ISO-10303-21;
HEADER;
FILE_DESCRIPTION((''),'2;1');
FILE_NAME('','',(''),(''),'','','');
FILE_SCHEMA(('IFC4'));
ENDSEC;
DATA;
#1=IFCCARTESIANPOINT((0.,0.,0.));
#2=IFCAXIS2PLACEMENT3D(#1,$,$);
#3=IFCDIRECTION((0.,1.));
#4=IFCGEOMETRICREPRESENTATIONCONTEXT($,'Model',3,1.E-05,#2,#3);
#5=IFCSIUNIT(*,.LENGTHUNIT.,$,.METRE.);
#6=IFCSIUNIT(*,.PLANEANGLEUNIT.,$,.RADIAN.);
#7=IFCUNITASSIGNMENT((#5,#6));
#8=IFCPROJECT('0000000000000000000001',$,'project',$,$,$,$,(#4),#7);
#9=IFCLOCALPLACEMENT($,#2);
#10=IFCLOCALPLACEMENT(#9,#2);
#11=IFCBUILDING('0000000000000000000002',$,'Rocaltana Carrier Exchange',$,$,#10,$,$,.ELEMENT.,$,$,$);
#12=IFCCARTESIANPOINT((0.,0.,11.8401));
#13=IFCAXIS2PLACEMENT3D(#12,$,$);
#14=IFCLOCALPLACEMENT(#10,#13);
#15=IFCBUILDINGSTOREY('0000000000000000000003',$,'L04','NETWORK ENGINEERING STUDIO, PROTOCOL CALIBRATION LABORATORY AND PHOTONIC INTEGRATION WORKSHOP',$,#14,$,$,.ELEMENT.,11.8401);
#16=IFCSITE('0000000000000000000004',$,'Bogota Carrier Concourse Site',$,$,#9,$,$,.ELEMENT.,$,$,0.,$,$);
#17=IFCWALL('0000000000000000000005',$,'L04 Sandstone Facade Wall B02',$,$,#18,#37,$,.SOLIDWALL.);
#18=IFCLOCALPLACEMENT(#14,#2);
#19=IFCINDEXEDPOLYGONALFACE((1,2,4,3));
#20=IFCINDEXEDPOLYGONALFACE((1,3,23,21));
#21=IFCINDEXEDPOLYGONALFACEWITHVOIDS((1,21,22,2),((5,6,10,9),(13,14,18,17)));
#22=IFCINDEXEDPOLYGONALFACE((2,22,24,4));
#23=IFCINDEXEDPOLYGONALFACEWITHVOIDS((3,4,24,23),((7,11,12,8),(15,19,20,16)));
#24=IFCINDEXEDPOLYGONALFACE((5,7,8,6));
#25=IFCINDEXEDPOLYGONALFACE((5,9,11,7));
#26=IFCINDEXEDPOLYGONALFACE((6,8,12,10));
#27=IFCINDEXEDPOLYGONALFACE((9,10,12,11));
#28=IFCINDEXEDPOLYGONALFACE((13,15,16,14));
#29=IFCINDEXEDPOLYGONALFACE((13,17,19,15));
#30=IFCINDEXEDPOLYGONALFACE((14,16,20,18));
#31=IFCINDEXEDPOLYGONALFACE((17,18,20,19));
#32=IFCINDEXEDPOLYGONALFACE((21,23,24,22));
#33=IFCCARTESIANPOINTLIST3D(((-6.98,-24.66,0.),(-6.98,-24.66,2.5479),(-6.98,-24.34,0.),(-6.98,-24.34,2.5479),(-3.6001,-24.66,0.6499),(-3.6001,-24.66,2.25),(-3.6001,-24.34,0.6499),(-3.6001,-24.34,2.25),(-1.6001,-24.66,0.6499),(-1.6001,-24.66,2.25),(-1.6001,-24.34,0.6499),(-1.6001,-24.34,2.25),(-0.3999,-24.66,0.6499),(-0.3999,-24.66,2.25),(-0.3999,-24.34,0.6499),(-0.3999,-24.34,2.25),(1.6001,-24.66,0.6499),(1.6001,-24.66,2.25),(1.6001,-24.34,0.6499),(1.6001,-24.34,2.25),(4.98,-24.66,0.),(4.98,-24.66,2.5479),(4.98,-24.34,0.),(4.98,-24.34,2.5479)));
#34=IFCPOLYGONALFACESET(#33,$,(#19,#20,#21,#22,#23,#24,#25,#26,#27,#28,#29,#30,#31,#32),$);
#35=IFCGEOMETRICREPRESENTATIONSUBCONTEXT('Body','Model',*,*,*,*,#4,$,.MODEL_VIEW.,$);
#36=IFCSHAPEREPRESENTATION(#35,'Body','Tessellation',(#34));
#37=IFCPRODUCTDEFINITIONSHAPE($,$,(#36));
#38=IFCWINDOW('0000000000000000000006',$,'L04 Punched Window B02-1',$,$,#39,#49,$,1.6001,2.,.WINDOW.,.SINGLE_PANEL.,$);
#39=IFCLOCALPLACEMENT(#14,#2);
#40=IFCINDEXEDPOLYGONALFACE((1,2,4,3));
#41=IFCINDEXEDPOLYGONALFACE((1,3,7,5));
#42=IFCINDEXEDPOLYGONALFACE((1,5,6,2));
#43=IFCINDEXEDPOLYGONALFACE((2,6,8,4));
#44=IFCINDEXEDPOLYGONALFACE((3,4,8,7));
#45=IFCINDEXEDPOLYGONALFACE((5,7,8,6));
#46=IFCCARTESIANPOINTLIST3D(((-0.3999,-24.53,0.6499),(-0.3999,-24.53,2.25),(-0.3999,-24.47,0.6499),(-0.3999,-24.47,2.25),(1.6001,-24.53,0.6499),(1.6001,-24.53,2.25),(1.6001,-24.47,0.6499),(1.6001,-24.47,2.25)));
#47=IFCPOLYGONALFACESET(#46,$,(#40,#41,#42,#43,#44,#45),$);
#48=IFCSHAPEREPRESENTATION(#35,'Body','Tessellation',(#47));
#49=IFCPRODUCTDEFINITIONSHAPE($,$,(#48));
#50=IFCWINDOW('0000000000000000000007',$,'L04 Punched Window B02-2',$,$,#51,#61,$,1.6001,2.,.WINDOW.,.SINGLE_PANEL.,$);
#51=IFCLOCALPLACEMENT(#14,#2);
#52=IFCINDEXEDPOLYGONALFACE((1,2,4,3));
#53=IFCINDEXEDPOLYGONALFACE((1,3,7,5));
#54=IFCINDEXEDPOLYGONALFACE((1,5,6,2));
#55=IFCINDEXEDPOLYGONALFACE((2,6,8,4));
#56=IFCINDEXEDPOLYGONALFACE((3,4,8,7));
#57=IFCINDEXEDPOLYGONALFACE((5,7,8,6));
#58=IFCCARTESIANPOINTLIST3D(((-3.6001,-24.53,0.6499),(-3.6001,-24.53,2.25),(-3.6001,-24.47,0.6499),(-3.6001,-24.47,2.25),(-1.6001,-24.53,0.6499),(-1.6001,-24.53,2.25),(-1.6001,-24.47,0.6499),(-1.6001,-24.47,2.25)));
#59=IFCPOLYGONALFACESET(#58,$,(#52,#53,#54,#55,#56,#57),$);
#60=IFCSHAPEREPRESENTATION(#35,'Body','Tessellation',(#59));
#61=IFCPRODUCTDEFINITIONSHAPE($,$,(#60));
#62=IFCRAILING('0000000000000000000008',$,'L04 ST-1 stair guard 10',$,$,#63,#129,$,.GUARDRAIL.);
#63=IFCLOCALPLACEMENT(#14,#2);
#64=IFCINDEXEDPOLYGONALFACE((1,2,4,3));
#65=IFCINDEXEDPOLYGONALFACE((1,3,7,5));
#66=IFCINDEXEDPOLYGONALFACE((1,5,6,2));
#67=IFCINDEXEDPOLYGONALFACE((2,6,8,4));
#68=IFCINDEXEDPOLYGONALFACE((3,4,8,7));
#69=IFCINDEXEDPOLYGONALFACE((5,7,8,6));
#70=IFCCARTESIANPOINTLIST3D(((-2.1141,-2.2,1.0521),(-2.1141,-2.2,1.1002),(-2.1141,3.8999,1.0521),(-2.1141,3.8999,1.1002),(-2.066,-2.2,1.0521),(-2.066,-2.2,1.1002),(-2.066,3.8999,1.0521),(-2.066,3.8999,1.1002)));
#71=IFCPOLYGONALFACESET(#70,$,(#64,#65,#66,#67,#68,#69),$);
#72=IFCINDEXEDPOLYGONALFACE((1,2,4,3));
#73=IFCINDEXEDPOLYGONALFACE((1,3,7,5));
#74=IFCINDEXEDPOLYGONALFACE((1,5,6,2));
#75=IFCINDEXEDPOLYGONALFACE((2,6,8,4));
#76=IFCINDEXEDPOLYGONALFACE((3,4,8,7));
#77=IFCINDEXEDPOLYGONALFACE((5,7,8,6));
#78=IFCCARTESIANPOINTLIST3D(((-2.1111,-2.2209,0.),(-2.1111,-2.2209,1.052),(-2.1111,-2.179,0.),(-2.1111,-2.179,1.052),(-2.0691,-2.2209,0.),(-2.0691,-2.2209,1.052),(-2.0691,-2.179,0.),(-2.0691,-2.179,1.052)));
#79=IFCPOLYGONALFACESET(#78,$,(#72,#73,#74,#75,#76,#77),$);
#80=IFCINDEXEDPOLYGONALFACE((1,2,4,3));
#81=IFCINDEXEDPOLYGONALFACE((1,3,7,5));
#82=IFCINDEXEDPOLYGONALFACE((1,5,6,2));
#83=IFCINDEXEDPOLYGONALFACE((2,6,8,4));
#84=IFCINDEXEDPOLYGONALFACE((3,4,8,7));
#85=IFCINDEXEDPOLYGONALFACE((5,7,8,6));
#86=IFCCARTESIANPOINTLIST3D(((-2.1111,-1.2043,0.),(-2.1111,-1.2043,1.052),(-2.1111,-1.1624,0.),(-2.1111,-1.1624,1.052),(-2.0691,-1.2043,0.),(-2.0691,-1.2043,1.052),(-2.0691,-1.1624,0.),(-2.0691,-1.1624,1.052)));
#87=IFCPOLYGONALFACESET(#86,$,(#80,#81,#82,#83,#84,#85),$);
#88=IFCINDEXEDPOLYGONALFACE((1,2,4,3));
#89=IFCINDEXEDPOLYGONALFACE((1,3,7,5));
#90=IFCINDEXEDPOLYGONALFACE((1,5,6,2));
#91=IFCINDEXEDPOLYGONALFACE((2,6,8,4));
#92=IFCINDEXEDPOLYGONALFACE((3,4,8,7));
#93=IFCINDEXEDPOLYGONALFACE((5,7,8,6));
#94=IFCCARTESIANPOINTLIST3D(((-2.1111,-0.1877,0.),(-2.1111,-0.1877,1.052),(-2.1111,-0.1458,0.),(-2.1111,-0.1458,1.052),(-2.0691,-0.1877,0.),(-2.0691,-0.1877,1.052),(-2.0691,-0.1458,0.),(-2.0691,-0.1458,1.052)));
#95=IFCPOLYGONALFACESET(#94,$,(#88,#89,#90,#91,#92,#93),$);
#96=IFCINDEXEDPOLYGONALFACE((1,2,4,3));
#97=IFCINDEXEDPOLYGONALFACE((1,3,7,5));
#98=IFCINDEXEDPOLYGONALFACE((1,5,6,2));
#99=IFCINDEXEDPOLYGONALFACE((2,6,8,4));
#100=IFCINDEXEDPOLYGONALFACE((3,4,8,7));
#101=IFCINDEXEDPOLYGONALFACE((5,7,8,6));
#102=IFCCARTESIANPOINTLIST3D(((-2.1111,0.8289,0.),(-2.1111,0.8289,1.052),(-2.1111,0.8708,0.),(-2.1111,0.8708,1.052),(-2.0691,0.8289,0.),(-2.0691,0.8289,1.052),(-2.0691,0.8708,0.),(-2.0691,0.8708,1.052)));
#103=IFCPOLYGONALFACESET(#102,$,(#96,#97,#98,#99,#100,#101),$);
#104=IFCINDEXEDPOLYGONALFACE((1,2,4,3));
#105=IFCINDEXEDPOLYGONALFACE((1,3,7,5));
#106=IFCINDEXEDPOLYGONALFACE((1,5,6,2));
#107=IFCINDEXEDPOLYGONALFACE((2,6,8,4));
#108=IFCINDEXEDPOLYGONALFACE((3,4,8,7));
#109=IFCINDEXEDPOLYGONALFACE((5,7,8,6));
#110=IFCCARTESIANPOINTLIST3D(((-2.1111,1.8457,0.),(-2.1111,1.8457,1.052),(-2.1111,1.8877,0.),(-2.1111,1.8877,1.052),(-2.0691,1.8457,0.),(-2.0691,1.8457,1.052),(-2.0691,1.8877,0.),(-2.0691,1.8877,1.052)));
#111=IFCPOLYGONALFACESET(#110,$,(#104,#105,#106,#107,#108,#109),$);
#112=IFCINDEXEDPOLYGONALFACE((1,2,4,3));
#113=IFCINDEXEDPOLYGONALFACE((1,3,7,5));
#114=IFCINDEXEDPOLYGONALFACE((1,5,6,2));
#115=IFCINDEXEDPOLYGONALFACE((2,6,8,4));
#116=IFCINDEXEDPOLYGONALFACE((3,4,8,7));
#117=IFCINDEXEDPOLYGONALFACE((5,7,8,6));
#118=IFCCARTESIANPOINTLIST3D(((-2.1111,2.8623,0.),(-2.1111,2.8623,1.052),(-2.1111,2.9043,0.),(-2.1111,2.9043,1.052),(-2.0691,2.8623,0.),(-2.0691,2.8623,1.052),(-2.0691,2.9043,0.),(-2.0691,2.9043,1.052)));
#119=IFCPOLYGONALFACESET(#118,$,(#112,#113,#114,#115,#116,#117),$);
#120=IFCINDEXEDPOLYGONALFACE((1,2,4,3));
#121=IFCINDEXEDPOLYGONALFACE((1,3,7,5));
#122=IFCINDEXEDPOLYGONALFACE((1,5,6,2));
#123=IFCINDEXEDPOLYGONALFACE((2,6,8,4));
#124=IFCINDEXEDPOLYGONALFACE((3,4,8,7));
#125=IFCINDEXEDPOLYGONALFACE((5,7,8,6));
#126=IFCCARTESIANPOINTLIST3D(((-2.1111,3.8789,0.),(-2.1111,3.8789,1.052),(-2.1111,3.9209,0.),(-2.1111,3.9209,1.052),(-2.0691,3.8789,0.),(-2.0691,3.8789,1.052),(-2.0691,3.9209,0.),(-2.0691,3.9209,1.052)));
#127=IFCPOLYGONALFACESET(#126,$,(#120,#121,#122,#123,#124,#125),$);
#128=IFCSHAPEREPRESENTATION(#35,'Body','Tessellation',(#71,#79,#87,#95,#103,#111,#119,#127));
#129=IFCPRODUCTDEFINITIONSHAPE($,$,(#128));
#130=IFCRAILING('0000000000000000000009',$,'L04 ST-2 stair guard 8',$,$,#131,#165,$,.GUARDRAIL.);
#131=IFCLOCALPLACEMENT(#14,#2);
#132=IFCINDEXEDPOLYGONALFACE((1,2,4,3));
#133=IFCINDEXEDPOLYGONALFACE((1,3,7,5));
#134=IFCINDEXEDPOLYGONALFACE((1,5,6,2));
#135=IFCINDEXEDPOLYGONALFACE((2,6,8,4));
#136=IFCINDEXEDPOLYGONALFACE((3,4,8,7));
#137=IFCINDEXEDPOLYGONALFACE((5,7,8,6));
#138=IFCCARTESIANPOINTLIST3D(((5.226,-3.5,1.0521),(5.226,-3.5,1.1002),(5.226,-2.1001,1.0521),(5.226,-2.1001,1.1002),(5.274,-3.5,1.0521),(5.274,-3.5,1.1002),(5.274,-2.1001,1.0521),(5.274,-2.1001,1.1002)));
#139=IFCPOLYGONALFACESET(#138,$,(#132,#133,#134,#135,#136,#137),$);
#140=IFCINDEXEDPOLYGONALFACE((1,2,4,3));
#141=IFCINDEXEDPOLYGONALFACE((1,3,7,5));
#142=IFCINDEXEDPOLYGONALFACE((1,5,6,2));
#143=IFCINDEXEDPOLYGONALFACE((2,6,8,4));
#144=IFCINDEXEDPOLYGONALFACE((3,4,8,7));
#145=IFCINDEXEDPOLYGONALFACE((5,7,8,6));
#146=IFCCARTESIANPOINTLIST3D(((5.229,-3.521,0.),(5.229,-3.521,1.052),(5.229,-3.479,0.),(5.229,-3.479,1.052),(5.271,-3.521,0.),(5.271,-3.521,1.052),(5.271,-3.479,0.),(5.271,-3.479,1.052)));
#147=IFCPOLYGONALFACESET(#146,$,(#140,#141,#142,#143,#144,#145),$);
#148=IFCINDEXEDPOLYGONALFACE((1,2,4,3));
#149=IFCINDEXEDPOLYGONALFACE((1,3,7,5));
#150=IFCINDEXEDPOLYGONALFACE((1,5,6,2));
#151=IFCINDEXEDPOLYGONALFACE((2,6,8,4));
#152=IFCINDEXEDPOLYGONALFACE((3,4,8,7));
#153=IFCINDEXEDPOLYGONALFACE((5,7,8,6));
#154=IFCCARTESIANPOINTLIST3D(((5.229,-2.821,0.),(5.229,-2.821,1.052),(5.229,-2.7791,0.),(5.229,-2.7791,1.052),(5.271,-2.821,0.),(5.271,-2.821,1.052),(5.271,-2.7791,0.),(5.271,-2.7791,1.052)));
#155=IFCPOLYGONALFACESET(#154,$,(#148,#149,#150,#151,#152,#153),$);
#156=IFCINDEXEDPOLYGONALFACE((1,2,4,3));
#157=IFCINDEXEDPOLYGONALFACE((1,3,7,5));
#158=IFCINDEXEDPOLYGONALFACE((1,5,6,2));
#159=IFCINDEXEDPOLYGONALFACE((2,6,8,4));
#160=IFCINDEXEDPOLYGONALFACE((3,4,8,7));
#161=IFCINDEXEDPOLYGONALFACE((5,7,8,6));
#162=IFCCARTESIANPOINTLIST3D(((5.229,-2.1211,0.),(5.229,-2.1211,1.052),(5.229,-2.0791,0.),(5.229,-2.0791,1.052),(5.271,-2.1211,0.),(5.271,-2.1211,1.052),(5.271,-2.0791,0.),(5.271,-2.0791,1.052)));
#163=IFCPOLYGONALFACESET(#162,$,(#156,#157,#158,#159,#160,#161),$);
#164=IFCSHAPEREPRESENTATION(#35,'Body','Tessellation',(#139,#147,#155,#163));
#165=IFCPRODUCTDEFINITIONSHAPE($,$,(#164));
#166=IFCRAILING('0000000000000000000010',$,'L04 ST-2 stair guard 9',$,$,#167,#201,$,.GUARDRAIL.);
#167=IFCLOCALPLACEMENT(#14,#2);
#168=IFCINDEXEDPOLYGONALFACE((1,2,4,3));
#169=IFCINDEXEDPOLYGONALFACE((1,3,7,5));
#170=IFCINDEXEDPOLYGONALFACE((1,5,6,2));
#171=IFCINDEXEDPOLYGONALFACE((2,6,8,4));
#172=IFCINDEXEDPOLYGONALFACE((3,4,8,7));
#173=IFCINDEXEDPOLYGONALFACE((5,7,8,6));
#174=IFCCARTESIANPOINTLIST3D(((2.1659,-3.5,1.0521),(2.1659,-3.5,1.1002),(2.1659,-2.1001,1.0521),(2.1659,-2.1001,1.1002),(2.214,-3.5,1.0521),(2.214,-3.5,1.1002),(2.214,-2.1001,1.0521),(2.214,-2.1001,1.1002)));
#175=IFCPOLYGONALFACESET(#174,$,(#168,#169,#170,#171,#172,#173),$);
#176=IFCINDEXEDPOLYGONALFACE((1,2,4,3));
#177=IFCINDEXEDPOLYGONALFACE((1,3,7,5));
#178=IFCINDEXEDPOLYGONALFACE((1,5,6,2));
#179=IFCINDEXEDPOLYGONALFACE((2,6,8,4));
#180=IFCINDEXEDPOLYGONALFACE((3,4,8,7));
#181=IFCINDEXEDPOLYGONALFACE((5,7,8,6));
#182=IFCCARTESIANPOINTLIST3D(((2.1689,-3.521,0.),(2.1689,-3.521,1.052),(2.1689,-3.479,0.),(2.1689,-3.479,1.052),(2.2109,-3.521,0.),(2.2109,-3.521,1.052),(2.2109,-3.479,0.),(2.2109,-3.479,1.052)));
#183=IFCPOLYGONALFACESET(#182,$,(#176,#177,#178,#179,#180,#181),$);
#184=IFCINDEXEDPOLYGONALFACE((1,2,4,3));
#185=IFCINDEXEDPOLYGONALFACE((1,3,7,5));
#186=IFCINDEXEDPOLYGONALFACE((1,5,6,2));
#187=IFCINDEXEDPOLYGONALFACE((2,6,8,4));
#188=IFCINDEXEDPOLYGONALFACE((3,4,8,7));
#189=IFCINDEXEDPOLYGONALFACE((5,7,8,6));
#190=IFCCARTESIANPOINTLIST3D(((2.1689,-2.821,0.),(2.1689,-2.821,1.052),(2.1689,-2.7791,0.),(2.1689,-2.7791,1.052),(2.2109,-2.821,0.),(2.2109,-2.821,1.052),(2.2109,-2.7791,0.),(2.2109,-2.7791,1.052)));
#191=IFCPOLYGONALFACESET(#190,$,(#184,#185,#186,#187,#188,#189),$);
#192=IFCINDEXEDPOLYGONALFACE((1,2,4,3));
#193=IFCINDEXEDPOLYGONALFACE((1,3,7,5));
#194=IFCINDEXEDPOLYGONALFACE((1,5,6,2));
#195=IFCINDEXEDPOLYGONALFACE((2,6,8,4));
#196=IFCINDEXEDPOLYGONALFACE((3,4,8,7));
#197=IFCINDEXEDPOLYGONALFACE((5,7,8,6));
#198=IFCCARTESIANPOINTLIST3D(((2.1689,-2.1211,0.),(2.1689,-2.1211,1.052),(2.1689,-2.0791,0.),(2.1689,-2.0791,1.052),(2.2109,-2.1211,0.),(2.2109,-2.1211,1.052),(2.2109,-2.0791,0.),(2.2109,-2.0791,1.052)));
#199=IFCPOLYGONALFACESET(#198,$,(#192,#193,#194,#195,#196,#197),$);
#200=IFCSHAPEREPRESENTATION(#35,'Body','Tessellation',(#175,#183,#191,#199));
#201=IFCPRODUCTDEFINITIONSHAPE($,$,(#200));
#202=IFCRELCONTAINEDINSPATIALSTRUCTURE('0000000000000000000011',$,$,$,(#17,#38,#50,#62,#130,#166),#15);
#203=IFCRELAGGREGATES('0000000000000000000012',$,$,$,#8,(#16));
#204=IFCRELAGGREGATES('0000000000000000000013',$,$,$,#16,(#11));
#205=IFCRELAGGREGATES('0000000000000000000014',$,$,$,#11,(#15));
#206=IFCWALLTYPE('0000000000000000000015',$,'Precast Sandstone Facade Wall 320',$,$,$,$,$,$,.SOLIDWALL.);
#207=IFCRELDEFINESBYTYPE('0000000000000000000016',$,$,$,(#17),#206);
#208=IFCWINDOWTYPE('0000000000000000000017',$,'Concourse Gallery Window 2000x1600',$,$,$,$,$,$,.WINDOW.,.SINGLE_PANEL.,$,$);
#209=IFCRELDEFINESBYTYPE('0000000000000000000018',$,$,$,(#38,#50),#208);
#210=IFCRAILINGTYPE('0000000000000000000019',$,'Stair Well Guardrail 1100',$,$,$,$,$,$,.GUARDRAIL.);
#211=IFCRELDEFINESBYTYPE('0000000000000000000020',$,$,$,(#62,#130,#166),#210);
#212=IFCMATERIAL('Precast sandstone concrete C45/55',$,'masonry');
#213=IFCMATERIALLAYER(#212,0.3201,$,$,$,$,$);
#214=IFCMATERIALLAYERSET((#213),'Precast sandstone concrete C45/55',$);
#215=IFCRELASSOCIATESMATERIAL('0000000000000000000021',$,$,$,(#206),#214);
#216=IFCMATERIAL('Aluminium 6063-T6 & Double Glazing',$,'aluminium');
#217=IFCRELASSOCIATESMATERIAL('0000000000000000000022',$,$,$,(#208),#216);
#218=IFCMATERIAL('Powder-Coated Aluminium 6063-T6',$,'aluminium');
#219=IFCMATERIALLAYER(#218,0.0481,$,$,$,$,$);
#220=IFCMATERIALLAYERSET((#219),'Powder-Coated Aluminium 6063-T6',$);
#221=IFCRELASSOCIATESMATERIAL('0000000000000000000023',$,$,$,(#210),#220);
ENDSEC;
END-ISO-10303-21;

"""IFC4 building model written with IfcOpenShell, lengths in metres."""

from ifc_helpers import new_model, si_unit, direction, frame, frame_2d, origin, origin_2d, place, context, subcontext, project, spatial, rectangle, extrude, material, layer, layer_set, type_object, element, fill, save


model = new_model("IFC4")

# Units and contexts
model_context = context("Model", 3, precision=1e-05, world=origin(), true_north=direction((0.0, 1.0)))
body_context = subcontext(model_context, "Body", "Model", "MODEL_VIEW")
ifc_project = project(units=[si_unit("LENGTHUNIT", "METRE"), si_unit("PLANEANGLEUNIT", "RADIAN")], contexts=[model_context])

# Site, building, storey
site_placement = place(None, origin())
site = spatial("IfcSite", under=ifc_project, at=site_placement, Name="Bogota Carrier Concourse Site", CompositionType="ELEMENT", RefElevation=0.0)
building_placement = place(site_placement, origin())
building = spatial("IfcBuilding", under=site, at=building_placement, Name="Rocaltana Carrier Exchange", CompositionType="ELEMENT")
storey_placement = place(building_placement, frame((0.0, 0.0, 11.8401)))
storey = spatial("IfcBuildingStorey", under=building, at=storey_placement, Name="L04", Description="NETWORK ENGINEERING STUDIO, PROTOCOL CALIBRATION LABORATORY AND PHOTONIC INTEGRATION WORKSHOP", CompositionType="ELEMENT", Elevation=11.8401)

# Wall, openings, windows
ifc_material_1 = material(Name="Precast sandstone concrete C45/55", Category="masonry")
ifc_layer_1 = layer(ifc_material_1, 0.3201)
ifc_layer_set_1 = layer_set([ifc_layer_1], Name="Precast sandstone concrete C45/55")
wall_type_1 = type_object("IfcWallType", Name="Precast Sandstone Facade Wall 320", PredefinedType="SOLIDWALL", material=ifc_layer_set_1)
wall_1_placement = place(storey_placement, frame((4.98, -24.5, 0.0), z_axis=(0.0, 0.0, 1.0), x_axis=(-1.0, 0.0, 0.0)))
wall_1 = element("IfcWall", 1, at=wall_1_placement, inside=storey, type_object=wall_type_1, Name="L04 Sandstone Facade Wall B02", PredefinedType="SOLIDWALL", context=body_context, shape_type="SweptSolid", body=[
    extrude(rectangle(XDim=11.96, YDim=0.3201, at=frame_2d((5.98, 0.0))), origin(), (0.0, 0.0, 1.0), 2.5479),
])
opening_1_placement = place(wall_1_placement, frame((3.3799, 0.0, 0.6499)))
opening_1 = element("IfcOpeningElement", 2, at=opening_1_placement, cuts=wall_1, PredefinedType="OPENING", context=body_context, shape_type="SweptSolid", body=[
    extrude(rectangle(XDim=2.0, YDim=1.6001, at=frame_2d((1.0, 0.8))), frame((0.0, 0.1699, 0.0), z_axis=(0.0, -1.0, 0.0), x_axis=(1.0, 0.0, 0.0)), (0.0, 0.0, 1.0), 0.3401),
])
opening_2_placement = place(wall_1_placement, frame((6.5801, 0.0, 0.6499)))
opening_2 = element("IfcOpeningElement", 3, at=opening_2_placement, cuts=wall_1, PredefinedType="OPENING", context=body_context, shape_type="SweptSolid", body=[
    extrude(rectangle(XDim=2.0, YDim=1.6001, at=frame_2d((1.0, 0.8))), frame((0.0, 0.1699, 0.0), z_axis=(0.0, -1.0, 0.0), x_axis=(1.0, 0.0, 0.0)), (0.0, 0.0, 1.0), 0.3401),
])
ifc_material_2 = material(Name="Aluminium 6063-T6 & Double Glazing", Category="aluminium")
window_type = type_object("IfcWindowType", Name="Concourse Gallery Window 2000x1600", PartitioningType="SINGLE_PANEL", PredefinedType="WINDOW", material=ifc_material_2)
window_1_placement = place(opening_1_placement, origin())
window_1 = element("IfcWindow", 4, at=window_1_placement, inside=storey, type_object=window_type, Name="L04 Punched Window B02-1", OverallHeight=1.6001, OverallWidth=2.0, PartitioningType="SINGLE_PANEL", PredefinedType="WINDOW", context=body_context, shape_type="SweptSolid", body=[
    extrude(rectangle(XDim=2.0, YDim=1.6001, at=frame_2d((1.0, 0.8))), frame((0.0, 0.03, 0.0), z_axis=(0.0, -1.0, 0.0), x_axis=(1.0, 0.0, 0.0)), (0.0, 0.0, 1.0), 0.0601),
])
fill(opening_1, window_1)
window_2_placement = place(opening_2_placement, origin())
window_2 = element("IfcWindow", 5, at=window_2_placement, inside=storey, type_object=window_type, Name="L04 Punched Window B02-2", OverallHeight=1.6001, OverallWidth=2.0, PartitioningType="SINGLE_PANEL", PredefinedType="WINDOW", context=body_context, shape_type="SweptSolid", body=[
    extrude(rectangle(XDim=2.0, YDim=1.6001, at=frame_2d((1.0, 0.8))), frame((0.0, 0.03, 0.0), z_axis=(0.0, -1.0, 0.0), x_axis=(1.0, 0.0, 0.0)), (0.0, 0.0, 1.0), 0.0601),
])
fill(opening_2, window_2)

# Railings
ifc_material_3 = material(Name="Powder-Coated Aluminium 6063-T6", Category="aluminium")
ifc_layer_2 = layer(ifc_material_3, 0.0481)
ifc_layer_set_2 = layer_set([ifc_layer_2], Name="Powder-Coated Aluminium 6063-T6")
railing_type = type_object("IfcRailingType", Name="Stair Well Guardrail 1100", PredefinedType="GUARDRAIL", material=ifc_layer_set_2)
railing_placement = place(storey_placement, frame((-2.0901, -2.2, 0.0)))
element("IfcRailing", 6, at=railing_placement, inside=storey, type_object=railing_type, Name="L04 ST-1 stair guard 10", PredefinedType="GUARDRAIL", context=body_context, shape_type="SweptSolid", body=[
    extrude(rectangle(XDim=0.0481, YDim=0.0481, at=origin_2d()), frame((0.0, 0.0, 1.0762), z_axis=(0.0, 1.0, 0.0), x_axis=(-1.0, 0.0, 0.0)), (0.0, 0.0, 1.0), 6.0999),
    extrude(rectangle(XDim=0.042, YDim=0.042, at=origin_2d()), origin(), (0.0, 0.0, 1.0), 1.052),
    extrude(rectangle(XDim=0.042, YDim=0.042, at=origin_2d()), frame((0.0, 1.0166, 0.0)), (0.0, 0.0, 1.0), 1.052),
    extrude(rectangle(XDim=0.042, YDim=0.042, at=origin_2d()), frame((0.0, 2.0332, 0.0)), (0.0, 0.0, 1.0), 1.052),
    extrude(rectangle(XDim=0.042, YDim=0.042, at=origin_2d()), frame((0.0, 3.0498, 0.0)), (0.0, 0.0, 1.0), 1.052),
    extrude(rectangle(XDim=0.042, YDim=0.042, at=origin_2d()), frame((0.0, 4.0667, 0.0)), (0.0, 0.0, 1.0), 1.052),
    extrude(rectangle(XDim=0.042, YDim=0.042, at=origin_2d()), frame((0.0, 5.0833, 0.0)), (0.0, 0.0, 1.0), 1.052),
    extrude(rectangle(XDim=0.042, YDim=0.042, at=origin_2d()), frame((0.0, 6.0999, 0.0)), (0.0, 0.0, 1.0), 1.052),
])
for number, where, name in (
    (7, (5.25, -3.5, 0.0), "L04 ST-2 stair guard 8"),
    (8, (2.1899, -3.5, 0.0), "L04 ST-2 stair guard 9"),
):
    element("IfcRailing", number, at=place(storey_placement, frame(where)), inside=storey, type_object=railing_type, Name=name, PredefinedType="GUARDRAIL", context=body_context, shape_type="SweptSolid", body=[
        extrude(rectangle(XDim=0.0481, YDim=0.0481, at=origin_2d()), frame((0.0, 0.0, 1.0762), z_axis=(0.0, 1.0, 0.0), x_axis=(-1.0, 0.0, 0.0)), (0.0, 0.0, 1.0), 1.3999),
        extrude(rectangle(XDim=0.042, YDim=0.042, at=origin_2d()), origin(), (0.0, 0.0, 1.0), 1.052),
        extrude(rectangle(XDim=0.042, YDim=0.042, at=origin_2d()), frame((0.0, 0.7, 0.0)), (0.0, 0.0, 1.0), 1.052),
        extrude(rectangle(XDim=0.042, YDim=0.042, at=origin_2d()), frame((0.0, 1.3999, 0.0)), (0.0, 0.0, 1.0), 1.052),
    ])

save(model, "model.ifc")
